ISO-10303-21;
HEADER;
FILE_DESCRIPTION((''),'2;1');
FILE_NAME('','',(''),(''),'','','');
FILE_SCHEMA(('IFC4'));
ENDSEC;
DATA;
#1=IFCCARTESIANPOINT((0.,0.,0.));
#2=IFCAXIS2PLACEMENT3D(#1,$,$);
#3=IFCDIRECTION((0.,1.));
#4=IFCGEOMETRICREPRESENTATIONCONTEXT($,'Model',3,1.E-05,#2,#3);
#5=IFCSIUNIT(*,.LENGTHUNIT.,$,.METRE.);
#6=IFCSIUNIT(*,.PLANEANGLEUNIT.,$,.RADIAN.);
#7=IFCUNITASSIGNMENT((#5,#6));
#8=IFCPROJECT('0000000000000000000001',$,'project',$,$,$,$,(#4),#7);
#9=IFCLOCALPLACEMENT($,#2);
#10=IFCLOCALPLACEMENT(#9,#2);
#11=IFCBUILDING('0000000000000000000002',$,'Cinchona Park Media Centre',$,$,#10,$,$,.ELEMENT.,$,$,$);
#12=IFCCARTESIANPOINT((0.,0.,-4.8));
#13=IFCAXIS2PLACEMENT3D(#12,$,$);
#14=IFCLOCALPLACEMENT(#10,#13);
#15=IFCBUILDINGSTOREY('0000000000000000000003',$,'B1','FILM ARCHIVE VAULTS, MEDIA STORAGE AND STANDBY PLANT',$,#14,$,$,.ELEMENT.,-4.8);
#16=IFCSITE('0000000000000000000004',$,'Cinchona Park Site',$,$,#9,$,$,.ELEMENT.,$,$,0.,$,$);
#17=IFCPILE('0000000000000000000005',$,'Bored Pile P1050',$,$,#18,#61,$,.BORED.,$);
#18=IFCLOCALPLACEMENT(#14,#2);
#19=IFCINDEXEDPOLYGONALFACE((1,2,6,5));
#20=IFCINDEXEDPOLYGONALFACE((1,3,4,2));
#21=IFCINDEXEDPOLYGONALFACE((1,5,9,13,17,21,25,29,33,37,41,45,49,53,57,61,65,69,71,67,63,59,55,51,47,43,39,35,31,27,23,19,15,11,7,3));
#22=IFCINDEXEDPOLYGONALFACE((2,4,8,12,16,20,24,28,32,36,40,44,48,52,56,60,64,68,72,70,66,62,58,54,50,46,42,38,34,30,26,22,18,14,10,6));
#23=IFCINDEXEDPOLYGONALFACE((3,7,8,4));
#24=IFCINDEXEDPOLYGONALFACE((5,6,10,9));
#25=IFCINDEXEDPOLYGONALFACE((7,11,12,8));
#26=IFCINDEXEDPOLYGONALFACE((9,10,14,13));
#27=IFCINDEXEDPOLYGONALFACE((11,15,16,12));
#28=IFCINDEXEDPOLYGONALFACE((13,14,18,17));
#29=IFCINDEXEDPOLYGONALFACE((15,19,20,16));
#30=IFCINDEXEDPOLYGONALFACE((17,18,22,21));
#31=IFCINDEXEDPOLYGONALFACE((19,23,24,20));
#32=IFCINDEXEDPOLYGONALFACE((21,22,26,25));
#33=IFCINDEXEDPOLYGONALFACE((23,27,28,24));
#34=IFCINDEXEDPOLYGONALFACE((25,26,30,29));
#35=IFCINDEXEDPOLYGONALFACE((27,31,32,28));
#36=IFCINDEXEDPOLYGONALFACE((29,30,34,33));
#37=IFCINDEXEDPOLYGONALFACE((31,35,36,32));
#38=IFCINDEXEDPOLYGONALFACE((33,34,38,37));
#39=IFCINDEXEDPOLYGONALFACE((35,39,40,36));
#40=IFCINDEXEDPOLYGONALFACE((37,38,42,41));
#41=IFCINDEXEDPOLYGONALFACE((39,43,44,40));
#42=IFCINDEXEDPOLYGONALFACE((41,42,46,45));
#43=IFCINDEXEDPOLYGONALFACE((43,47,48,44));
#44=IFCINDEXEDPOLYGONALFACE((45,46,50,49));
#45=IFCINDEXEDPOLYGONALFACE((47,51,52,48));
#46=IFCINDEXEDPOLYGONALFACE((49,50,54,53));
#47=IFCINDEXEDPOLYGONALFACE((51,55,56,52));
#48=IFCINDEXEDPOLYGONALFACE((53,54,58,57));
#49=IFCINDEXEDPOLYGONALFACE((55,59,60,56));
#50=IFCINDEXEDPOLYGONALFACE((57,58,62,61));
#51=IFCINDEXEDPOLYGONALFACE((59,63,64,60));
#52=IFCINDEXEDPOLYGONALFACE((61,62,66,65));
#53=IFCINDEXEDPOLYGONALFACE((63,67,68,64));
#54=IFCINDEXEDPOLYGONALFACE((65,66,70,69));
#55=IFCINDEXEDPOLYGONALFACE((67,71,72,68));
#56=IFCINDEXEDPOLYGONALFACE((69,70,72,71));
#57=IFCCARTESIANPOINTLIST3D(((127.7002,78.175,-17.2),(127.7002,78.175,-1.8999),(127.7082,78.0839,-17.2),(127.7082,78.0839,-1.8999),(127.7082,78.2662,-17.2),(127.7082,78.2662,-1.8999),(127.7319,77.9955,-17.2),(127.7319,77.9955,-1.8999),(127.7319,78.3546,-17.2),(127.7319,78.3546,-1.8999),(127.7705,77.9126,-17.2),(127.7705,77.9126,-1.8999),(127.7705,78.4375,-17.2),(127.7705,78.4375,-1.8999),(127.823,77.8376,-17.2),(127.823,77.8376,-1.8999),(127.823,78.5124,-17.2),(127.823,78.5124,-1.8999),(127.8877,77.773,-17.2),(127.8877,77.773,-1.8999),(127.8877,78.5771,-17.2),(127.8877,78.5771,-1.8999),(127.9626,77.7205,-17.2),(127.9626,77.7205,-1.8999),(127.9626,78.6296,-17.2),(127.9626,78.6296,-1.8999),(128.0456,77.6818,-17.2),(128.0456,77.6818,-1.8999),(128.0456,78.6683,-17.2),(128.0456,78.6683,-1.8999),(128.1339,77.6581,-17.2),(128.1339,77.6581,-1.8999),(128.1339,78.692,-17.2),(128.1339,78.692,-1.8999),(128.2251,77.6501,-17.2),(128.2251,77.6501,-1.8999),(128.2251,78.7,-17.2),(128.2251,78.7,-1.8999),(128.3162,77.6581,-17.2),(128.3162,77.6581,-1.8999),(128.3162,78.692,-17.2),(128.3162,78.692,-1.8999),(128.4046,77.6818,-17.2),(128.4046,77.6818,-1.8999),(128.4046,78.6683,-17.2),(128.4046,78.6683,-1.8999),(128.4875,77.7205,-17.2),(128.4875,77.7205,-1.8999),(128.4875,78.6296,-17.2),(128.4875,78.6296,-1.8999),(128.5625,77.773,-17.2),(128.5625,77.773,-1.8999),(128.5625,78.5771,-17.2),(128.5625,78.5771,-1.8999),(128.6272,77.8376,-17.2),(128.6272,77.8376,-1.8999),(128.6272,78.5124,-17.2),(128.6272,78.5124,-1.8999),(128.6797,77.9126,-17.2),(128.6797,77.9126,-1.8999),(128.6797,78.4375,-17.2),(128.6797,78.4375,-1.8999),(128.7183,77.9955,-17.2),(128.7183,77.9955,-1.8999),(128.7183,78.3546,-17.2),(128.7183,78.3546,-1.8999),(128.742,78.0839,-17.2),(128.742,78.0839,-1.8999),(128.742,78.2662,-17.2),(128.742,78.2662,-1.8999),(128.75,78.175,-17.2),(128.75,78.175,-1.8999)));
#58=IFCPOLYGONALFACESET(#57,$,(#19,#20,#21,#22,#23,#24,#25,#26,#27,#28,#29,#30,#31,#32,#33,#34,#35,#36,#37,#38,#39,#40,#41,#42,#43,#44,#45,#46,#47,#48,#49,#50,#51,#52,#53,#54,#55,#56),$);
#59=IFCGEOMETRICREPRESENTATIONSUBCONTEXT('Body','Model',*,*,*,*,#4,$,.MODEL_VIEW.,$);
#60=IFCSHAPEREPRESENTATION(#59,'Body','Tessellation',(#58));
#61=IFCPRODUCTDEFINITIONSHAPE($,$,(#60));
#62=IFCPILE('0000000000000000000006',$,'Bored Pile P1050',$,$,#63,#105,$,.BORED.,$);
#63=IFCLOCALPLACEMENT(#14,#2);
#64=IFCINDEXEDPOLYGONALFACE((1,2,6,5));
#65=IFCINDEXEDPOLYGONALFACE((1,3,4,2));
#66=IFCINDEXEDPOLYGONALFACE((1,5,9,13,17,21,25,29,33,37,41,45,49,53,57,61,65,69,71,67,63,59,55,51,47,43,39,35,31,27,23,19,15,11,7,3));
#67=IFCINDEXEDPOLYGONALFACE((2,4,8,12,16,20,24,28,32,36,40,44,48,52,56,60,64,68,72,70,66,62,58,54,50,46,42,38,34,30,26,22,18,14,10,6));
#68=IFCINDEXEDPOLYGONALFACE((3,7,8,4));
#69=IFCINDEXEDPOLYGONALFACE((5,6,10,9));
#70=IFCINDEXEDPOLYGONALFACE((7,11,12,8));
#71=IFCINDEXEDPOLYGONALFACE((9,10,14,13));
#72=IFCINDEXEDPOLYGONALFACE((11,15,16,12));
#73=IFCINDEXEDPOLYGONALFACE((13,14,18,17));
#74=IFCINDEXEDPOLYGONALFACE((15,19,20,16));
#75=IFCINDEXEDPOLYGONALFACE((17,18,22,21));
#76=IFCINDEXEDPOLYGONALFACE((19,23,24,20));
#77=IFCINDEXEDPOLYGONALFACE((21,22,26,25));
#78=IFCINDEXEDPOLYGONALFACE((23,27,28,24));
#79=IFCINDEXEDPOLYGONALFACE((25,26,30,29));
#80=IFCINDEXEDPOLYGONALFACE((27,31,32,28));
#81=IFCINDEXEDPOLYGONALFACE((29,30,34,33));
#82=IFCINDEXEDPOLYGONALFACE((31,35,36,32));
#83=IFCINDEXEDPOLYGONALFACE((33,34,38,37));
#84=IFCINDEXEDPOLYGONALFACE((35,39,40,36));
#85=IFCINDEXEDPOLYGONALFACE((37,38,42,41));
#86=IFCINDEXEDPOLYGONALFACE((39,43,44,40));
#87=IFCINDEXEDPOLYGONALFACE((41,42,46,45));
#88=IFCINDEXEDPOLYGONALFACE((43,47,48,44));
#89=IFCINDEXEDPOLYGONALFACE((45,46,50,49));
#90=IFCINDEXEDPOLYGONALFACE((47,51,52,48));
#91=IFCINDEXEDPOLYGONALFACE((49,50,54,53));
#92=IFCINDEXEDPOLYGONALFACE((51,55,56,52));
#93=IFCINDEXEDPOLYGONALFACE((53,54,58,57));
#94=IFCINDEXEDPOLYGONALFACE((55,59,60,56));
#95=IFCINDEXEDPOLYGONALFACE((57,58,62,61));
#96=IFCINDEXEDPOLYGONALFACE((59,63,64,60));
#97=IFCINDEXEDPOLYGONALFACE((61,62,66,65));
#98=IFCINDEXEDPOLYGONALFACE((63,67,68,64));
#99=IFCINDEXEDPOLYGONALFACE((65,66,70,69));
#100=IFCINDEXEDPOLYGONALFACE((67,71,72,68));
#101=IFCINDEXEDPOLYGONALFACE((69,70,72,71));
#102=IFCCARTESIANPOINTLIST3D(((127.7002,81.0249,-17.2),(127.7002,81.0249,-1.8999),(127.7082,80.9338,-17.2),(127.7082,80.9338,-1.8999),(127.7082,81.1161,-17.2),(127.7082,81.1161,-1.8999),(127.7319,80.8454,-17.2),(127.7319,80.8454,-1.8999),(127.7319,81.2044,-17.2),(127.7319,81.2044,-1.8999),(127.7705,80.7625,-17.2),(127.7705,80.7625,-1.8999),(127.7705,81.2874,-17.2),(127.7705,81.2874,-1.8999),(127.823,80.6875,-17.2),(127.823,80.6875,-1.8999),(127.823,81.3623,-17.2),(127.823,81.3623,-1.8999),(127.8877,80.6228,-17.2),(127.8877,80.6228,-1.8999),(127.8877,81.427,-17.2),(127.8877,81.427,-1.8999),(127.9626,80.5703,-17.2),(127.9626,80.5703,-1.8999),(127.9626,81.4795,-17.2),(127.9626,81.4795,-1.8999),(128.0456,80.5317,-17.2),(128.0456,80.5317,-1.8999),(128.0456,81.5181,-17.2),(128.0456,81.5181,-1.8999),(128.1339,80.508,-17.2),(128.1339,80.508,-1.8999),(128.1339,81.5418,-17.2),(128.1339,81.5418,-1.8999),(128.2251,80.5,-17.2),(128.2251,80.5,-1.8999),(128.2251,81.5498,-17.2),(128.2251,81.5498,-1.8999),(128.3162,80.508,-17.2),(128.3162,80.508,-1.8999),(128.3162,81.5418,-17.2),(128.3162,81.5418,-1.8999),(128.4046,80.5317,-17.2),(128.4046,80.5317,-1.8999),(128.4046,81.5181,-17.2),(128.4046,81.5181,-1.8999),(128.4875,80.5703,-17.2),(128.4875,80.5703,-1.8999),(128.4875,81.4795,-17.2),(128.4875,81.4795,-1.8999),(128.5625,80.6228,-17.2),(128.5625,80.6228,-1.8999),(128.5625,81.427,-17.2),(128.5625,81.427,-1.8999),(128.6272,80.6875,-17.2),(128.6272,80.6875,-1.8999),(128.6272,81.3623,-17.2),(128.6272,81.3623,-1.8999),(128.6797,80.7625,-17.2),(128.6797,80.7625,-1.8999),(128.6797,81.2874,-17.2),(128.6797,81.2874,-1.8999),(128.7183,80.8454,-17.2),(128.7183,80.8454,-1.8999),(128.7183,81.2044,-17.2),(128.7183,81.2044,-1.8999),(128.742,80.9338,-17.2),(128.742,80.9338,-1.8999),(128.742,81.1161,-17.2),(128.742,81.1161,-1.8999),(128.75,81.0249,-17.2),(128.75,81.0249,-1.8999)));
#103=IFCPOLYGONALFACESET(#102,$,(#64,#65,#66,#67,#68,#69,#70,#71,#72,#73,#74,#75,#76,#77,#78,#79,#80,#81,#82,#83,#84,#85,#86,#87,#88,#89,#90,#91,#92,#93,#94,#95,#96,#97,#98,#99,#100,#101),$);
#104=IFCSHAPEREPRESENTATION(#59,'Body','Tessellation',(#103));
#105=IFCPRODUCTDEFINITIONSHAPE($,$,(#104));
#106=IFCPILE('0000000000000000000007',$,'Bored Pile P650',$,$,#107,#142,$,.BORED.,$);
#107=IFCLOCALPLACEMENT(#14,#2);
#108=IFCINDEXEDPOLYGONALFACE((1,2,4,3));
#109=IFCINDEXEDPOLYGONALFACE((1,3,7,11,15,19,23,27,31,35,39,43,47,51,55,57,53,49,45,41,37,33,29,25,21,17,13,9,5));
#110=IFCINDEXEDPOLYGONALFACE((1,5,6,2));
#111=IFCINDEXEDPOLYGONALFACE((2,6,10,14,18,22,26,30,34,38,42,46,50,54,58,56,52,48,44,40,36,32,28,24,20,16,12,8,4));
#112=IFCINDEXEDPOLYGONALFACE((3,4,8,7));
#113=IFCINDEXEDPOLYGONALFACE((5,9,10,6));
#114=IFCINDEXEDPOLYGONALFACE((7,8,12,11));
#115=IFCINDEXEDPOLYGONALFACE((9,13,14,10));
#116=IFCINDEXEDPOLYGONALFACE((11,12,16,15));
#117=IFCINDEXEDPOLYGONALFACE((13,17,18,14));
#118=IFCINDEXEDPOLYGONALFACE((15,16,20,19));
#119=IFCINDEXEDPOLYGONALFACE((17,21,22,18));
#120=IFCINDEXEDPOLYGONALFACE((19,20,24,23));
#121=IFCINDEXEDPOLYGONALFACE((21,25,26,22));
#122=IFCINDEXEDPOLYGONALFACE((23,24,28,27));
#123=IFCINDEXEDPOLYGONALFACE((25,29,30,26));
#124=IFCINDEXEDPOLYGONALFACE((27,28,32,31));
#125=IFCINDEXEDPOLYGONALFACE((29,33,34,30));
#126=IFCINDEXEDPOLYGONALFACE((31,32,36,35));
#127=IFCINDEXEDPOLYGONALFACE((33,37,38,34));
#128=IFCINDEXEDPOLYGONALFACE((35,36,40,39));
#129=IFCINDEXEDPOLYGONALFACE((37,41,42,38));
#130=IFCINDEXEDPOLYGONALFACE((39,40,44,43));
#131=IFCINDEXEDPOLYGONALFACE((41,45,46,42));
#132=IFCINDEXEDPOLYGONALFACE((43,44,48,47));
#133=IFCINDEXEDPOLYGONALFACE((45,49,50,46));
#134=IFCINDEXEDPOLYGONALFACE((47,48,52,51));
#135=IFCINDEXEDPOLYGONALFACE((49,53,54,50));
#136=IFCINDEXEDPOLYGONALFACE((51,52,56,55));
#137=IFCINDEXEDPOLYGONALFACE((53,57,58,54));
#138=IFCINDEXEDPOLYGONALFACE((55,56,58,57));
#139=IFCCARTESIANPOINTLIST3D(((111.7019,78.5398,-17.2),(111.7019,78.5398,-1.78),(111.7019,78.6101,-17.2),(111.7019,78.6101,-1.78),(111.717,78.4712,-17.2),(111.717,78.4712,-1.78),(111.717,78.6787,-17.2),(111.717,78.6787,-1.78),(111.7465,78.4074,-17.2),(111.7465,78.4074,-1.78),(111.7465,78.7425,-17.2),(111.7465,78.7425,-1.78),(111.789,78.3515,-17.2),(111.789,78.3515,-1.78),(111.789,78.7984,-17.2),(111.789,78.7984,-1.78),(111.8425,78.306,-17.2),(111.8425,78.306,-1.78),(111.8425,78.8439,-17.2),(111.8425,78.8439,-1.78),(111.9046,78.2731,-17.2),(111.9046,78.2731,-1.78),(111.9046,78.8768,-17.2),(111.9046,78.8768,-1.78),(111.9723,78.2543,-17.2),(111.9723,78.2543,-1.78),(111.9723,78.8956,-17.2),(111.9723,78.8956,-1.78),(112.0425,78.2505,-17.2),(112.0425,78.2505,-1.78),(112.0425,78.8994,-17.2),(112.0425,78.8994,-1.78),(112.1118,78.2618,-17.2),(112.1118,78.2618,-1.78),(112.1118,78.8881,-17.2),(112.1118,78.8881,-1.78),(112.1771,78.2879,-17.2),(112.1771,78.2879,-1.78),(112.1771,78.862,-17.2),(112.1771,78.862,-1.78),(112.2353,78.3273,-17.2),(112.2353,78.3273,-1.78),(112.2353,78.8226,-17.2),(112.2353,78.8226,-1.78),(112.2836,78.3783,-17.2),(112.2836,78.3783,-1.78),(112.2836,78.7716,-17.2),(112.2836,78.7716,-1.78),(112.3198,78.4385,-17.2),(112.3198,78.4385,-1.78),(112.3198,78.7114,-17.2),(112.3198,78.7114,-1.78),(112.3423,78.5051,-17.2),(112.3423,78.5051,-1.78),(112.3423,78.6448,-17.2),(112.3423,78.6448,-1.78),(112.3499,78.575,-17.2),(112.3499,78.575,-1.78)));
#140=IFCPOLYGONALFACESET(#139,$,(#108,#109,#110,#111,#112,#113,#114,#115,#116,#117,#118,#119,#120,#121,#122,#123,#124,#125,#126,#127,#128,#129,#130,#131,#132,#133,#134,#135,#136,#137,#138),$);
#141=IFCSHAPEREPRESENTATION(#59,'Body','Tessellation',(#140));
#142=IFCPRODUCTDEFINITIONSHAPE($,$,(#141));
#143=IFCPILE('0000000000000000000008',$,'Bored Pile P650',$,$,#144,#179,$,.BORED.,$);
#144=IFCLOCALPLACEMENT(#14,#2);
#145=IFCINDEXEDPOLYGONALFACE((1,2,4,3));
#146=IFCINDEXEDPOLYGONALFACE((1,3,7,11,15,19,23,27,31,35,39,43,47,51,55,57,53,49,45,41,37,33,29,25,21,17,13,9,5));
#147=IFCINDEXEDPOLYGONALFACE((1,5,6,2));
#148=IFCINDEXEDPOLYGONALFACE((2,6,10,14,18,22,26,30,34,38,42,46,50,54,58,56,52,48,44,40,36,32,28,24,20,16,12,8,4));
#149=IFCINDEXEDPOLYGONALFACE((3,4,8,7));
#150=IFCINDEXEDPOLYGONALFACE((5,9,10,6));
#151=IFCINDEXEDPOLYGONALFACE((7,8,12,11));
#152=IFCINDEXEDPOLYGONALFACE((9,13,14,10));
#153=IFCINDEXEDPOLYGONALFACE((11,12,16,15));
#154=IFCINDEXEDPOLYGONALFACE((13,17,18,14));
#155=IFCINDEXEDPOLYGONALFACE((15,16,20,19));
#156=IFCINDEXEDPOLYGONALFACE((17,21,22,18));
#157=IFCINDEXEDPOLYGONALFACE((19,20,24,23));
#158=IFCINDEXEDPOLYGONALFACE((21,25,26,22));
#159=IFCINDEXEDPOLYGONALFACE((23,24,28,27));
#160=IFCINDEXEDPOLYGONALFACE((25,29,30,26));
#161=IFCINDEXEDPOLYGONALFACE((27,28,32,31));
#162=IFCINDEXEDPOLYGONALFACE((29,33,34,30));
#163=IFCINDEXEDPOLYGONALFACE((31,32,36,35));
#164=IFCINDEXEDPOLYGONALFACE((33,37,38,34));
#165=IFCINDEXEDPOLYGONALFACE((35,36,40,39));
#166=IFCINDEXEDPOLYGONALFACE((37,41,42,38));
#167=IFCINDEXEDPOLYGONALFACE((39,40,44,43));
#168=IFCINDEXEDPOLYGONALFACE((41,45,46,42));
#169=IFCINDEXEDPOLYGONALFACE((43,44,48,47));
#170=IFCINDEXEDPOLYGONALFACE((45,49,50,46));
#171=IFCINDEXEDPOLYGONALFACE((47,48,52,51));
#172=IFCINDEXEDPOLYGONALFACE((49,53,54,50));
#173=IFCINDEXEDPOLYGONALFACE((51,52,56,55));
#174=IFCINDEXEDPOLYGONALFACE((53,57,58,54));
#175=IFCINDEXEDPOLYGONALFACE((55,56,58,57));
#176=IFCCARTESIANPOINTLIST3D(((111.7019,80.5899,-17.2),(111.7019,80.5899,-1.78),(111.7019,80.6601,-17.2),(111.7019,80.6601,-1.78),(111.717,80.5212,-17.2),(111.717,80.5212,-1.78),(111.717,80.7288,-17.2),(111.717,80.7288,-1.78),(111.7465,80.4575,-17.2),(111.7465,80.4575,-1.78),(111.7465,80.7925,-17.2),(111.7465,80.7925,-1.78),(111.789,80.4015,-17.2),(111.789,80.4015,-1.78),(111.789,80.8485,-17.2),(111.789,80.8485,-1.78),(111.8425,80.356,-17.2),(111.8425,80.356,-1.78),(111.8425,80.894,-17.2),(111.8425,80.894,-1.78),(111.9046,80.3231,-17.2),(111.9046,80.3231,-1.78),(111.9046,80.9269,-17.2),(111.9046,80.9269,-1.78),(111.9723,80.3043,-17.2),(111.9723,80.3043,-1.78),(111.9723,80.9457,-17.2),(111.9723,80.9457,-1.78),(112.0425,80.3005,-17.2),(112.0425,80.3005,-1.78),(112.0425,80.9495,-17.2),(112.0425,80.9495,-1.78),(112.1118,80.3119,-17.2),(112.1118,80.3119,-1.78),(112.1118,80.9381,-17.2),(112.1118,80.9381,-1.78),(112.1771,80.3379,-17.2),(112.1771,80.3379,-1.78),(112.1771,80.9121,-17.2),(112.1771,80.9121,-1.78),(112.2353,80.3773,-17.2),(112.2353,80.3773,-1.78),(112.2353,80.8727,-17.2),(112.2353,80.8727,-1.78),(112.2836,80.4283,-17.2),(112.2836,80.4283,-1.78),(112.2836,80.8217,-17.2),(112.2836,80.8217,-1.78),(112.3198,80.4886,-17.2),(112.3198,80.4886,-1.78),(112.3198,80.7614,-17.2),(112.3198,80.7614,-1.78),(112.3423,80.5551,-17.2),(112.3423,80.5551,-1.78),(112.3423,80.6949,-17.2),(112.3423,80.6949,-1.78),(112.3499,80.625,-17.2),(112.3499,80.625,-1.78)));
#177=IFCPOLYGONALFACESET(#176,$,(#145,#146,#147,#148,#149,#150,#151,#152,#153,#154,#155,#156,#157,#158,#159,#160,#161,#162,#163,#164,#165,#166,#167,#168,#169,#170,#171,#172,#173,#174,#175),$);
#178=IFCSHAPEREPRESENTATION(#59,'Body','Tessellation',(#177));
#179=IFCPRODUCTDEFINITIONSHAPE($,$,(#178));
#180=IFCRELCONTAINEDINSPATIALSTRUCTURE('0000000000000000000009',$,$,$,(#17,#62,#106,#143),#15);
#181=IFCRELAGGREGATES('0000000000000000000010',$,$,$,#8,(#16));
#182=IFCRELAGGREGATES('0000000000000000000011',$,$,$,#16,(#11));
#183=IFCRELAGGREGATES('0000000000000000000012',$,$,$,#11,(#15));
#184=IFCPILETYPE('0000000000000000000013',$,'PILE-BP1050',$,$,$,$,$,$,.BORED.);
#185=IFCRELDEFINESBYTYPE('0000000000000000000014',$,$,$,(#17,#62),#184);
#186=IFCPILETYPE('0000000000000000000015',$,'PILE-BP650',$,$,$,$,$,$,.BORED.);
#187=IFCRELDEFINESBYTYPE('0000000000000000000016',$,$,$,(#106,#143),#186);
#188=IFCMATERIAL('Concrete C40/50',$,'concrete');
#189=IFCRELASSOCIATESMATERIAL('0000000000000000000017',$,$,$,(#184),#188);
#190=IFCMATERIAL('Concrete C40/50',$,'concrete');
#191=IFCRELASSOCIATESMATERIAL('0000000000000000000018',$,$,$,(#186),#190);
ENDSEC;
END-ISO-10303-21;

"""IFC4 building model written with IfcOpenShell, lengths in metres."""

from ifc_helpers import new_model, si_unit, direction, frame, origin, origin_2d, place, context, subcontext, project, spatial, circle, extrude, material, material_profile, profile_set, type_object, element, save


model = new_model("IFC4")

# Units and contexts
model_context = context("Model", 3, precision=1e-05, world=origin(), true_north=direction((0.0, 1.0)))
body_context = subcontext(model_context, "Body", "Model", "MODEL_VIEW")
ifc_project = project(units=[si_unit("LENGTHUNIT", "METRE"), si_unit("PLANEANGLEUNIT", "RADIAN")], contexts=[model_context])

# Site, building, storey
site_placement = place(None, origin())
site = spatial("IfcSite", under=ifc_project, at=site_placement, Name="Cinchona Park Site", CompositionType="ELEMENT", RefElevation=0.0)
building_placement = place(site_placement, origin())
building = spatial("IfcBuilding", under=site, at=building_placement, Name="Cinchona Park Media Centre", CompositionType="ELEMENT")
storey_placement = place(building_placement, frame((0.0, 0.0, -4.8)))
storey = spatial("IfcBuildingStorey", under=building, at=storey_placement, Name="B1", Description="FILM ARCHIVE VAULTS, MEDIA STORAGE AND STANDBY PLANT", CompositionType="ELEMENT", Elevation=-4.8)

# Piles
ifc_material_1 = material(Name="Concrete C40/50", Category="concrete")
ifc_material_profile_1 = material_profile(ifc_material_1, circle(Radius=0.5249, at=origin_2d()), Name="BORED PILE 1050")
ifc_profile_set_1 = profile_set([ifc_material_profile_1], Name="Concrete C40/50")
pile_type_1 = type_object("IfcPileType", Name="PILE-BP1050", PredefinedType="BORED", material=ifc_profile_set_1)
for number, where, z_axis, x_axis, name in (
    (1, (128.2251, 78.175, -1.8999), (0.0, 0.0, -1.0), (1.0, 0.0, 0.0), "Bored Pile P1050"),
    (2, (128.2251, 81.0249, -1.8999), (0.0, 0.0, -1.0), (1.0, 0.0, 0.0), "Bored Pile P1050"),
):
    element("IfcPile", number, at=place(storey_placement, frame(where, z_axis=z_axis, x_axis=x_axis)), inside=storey, type_object=pile_type_1, Name=name, PredefinedType="BORED", context=body_context, shape_type="SweptSolid", body=[
        extrude(circle(Radius=0.5249, at=origin_2d()), origin(), (0.0, 0.0, 1.0), 15.3),
    ])
ifc_material_2 = material(Name="Concrete C40/50", Category="concrete")
ifc_material_profile_2 = material_profile(ifc_material_2, circle(Radius=0.325, at=origin_2d()), Name="BORED PILE 650")
ifc_profile_set_2 = profile_set([ifc_material_profile_2], Name="Concrete C40/50")
pile_type_2 = type_object("IfcPileType", Name="PILE-BP650", PredefinedType="BORED", material=ifc_profile_set_2)
for number, where, z_axis, x_axis, name in (
    (3, (112.0249, 78.575, -1.78), (0.0, 0.0, -1.0), (1.0, 0.0, 0.0), "Bored Pile P650"),
    (4, (112.0249, 80.625, -1.78), (0.0, 0.0, -1.0), (1.0, 0.0, 0.0), "Bored Pile P650"),
):
    element("IfcPile", number, at=place(storey_placement, frame(where, z_axis=z_axis, x_axis=x_axis)), inside=storey, type_object=pile_type_2, Name=name, PredefinedType="BORED", context=body_context, shape_type="SweptSolid", body=[
        extrude(circle(Radius=0.325, at=origin_2d()), origin(), (0.0, 0.0, 1.0), 15.4199),
    ])

save(model, "model.ifc")
